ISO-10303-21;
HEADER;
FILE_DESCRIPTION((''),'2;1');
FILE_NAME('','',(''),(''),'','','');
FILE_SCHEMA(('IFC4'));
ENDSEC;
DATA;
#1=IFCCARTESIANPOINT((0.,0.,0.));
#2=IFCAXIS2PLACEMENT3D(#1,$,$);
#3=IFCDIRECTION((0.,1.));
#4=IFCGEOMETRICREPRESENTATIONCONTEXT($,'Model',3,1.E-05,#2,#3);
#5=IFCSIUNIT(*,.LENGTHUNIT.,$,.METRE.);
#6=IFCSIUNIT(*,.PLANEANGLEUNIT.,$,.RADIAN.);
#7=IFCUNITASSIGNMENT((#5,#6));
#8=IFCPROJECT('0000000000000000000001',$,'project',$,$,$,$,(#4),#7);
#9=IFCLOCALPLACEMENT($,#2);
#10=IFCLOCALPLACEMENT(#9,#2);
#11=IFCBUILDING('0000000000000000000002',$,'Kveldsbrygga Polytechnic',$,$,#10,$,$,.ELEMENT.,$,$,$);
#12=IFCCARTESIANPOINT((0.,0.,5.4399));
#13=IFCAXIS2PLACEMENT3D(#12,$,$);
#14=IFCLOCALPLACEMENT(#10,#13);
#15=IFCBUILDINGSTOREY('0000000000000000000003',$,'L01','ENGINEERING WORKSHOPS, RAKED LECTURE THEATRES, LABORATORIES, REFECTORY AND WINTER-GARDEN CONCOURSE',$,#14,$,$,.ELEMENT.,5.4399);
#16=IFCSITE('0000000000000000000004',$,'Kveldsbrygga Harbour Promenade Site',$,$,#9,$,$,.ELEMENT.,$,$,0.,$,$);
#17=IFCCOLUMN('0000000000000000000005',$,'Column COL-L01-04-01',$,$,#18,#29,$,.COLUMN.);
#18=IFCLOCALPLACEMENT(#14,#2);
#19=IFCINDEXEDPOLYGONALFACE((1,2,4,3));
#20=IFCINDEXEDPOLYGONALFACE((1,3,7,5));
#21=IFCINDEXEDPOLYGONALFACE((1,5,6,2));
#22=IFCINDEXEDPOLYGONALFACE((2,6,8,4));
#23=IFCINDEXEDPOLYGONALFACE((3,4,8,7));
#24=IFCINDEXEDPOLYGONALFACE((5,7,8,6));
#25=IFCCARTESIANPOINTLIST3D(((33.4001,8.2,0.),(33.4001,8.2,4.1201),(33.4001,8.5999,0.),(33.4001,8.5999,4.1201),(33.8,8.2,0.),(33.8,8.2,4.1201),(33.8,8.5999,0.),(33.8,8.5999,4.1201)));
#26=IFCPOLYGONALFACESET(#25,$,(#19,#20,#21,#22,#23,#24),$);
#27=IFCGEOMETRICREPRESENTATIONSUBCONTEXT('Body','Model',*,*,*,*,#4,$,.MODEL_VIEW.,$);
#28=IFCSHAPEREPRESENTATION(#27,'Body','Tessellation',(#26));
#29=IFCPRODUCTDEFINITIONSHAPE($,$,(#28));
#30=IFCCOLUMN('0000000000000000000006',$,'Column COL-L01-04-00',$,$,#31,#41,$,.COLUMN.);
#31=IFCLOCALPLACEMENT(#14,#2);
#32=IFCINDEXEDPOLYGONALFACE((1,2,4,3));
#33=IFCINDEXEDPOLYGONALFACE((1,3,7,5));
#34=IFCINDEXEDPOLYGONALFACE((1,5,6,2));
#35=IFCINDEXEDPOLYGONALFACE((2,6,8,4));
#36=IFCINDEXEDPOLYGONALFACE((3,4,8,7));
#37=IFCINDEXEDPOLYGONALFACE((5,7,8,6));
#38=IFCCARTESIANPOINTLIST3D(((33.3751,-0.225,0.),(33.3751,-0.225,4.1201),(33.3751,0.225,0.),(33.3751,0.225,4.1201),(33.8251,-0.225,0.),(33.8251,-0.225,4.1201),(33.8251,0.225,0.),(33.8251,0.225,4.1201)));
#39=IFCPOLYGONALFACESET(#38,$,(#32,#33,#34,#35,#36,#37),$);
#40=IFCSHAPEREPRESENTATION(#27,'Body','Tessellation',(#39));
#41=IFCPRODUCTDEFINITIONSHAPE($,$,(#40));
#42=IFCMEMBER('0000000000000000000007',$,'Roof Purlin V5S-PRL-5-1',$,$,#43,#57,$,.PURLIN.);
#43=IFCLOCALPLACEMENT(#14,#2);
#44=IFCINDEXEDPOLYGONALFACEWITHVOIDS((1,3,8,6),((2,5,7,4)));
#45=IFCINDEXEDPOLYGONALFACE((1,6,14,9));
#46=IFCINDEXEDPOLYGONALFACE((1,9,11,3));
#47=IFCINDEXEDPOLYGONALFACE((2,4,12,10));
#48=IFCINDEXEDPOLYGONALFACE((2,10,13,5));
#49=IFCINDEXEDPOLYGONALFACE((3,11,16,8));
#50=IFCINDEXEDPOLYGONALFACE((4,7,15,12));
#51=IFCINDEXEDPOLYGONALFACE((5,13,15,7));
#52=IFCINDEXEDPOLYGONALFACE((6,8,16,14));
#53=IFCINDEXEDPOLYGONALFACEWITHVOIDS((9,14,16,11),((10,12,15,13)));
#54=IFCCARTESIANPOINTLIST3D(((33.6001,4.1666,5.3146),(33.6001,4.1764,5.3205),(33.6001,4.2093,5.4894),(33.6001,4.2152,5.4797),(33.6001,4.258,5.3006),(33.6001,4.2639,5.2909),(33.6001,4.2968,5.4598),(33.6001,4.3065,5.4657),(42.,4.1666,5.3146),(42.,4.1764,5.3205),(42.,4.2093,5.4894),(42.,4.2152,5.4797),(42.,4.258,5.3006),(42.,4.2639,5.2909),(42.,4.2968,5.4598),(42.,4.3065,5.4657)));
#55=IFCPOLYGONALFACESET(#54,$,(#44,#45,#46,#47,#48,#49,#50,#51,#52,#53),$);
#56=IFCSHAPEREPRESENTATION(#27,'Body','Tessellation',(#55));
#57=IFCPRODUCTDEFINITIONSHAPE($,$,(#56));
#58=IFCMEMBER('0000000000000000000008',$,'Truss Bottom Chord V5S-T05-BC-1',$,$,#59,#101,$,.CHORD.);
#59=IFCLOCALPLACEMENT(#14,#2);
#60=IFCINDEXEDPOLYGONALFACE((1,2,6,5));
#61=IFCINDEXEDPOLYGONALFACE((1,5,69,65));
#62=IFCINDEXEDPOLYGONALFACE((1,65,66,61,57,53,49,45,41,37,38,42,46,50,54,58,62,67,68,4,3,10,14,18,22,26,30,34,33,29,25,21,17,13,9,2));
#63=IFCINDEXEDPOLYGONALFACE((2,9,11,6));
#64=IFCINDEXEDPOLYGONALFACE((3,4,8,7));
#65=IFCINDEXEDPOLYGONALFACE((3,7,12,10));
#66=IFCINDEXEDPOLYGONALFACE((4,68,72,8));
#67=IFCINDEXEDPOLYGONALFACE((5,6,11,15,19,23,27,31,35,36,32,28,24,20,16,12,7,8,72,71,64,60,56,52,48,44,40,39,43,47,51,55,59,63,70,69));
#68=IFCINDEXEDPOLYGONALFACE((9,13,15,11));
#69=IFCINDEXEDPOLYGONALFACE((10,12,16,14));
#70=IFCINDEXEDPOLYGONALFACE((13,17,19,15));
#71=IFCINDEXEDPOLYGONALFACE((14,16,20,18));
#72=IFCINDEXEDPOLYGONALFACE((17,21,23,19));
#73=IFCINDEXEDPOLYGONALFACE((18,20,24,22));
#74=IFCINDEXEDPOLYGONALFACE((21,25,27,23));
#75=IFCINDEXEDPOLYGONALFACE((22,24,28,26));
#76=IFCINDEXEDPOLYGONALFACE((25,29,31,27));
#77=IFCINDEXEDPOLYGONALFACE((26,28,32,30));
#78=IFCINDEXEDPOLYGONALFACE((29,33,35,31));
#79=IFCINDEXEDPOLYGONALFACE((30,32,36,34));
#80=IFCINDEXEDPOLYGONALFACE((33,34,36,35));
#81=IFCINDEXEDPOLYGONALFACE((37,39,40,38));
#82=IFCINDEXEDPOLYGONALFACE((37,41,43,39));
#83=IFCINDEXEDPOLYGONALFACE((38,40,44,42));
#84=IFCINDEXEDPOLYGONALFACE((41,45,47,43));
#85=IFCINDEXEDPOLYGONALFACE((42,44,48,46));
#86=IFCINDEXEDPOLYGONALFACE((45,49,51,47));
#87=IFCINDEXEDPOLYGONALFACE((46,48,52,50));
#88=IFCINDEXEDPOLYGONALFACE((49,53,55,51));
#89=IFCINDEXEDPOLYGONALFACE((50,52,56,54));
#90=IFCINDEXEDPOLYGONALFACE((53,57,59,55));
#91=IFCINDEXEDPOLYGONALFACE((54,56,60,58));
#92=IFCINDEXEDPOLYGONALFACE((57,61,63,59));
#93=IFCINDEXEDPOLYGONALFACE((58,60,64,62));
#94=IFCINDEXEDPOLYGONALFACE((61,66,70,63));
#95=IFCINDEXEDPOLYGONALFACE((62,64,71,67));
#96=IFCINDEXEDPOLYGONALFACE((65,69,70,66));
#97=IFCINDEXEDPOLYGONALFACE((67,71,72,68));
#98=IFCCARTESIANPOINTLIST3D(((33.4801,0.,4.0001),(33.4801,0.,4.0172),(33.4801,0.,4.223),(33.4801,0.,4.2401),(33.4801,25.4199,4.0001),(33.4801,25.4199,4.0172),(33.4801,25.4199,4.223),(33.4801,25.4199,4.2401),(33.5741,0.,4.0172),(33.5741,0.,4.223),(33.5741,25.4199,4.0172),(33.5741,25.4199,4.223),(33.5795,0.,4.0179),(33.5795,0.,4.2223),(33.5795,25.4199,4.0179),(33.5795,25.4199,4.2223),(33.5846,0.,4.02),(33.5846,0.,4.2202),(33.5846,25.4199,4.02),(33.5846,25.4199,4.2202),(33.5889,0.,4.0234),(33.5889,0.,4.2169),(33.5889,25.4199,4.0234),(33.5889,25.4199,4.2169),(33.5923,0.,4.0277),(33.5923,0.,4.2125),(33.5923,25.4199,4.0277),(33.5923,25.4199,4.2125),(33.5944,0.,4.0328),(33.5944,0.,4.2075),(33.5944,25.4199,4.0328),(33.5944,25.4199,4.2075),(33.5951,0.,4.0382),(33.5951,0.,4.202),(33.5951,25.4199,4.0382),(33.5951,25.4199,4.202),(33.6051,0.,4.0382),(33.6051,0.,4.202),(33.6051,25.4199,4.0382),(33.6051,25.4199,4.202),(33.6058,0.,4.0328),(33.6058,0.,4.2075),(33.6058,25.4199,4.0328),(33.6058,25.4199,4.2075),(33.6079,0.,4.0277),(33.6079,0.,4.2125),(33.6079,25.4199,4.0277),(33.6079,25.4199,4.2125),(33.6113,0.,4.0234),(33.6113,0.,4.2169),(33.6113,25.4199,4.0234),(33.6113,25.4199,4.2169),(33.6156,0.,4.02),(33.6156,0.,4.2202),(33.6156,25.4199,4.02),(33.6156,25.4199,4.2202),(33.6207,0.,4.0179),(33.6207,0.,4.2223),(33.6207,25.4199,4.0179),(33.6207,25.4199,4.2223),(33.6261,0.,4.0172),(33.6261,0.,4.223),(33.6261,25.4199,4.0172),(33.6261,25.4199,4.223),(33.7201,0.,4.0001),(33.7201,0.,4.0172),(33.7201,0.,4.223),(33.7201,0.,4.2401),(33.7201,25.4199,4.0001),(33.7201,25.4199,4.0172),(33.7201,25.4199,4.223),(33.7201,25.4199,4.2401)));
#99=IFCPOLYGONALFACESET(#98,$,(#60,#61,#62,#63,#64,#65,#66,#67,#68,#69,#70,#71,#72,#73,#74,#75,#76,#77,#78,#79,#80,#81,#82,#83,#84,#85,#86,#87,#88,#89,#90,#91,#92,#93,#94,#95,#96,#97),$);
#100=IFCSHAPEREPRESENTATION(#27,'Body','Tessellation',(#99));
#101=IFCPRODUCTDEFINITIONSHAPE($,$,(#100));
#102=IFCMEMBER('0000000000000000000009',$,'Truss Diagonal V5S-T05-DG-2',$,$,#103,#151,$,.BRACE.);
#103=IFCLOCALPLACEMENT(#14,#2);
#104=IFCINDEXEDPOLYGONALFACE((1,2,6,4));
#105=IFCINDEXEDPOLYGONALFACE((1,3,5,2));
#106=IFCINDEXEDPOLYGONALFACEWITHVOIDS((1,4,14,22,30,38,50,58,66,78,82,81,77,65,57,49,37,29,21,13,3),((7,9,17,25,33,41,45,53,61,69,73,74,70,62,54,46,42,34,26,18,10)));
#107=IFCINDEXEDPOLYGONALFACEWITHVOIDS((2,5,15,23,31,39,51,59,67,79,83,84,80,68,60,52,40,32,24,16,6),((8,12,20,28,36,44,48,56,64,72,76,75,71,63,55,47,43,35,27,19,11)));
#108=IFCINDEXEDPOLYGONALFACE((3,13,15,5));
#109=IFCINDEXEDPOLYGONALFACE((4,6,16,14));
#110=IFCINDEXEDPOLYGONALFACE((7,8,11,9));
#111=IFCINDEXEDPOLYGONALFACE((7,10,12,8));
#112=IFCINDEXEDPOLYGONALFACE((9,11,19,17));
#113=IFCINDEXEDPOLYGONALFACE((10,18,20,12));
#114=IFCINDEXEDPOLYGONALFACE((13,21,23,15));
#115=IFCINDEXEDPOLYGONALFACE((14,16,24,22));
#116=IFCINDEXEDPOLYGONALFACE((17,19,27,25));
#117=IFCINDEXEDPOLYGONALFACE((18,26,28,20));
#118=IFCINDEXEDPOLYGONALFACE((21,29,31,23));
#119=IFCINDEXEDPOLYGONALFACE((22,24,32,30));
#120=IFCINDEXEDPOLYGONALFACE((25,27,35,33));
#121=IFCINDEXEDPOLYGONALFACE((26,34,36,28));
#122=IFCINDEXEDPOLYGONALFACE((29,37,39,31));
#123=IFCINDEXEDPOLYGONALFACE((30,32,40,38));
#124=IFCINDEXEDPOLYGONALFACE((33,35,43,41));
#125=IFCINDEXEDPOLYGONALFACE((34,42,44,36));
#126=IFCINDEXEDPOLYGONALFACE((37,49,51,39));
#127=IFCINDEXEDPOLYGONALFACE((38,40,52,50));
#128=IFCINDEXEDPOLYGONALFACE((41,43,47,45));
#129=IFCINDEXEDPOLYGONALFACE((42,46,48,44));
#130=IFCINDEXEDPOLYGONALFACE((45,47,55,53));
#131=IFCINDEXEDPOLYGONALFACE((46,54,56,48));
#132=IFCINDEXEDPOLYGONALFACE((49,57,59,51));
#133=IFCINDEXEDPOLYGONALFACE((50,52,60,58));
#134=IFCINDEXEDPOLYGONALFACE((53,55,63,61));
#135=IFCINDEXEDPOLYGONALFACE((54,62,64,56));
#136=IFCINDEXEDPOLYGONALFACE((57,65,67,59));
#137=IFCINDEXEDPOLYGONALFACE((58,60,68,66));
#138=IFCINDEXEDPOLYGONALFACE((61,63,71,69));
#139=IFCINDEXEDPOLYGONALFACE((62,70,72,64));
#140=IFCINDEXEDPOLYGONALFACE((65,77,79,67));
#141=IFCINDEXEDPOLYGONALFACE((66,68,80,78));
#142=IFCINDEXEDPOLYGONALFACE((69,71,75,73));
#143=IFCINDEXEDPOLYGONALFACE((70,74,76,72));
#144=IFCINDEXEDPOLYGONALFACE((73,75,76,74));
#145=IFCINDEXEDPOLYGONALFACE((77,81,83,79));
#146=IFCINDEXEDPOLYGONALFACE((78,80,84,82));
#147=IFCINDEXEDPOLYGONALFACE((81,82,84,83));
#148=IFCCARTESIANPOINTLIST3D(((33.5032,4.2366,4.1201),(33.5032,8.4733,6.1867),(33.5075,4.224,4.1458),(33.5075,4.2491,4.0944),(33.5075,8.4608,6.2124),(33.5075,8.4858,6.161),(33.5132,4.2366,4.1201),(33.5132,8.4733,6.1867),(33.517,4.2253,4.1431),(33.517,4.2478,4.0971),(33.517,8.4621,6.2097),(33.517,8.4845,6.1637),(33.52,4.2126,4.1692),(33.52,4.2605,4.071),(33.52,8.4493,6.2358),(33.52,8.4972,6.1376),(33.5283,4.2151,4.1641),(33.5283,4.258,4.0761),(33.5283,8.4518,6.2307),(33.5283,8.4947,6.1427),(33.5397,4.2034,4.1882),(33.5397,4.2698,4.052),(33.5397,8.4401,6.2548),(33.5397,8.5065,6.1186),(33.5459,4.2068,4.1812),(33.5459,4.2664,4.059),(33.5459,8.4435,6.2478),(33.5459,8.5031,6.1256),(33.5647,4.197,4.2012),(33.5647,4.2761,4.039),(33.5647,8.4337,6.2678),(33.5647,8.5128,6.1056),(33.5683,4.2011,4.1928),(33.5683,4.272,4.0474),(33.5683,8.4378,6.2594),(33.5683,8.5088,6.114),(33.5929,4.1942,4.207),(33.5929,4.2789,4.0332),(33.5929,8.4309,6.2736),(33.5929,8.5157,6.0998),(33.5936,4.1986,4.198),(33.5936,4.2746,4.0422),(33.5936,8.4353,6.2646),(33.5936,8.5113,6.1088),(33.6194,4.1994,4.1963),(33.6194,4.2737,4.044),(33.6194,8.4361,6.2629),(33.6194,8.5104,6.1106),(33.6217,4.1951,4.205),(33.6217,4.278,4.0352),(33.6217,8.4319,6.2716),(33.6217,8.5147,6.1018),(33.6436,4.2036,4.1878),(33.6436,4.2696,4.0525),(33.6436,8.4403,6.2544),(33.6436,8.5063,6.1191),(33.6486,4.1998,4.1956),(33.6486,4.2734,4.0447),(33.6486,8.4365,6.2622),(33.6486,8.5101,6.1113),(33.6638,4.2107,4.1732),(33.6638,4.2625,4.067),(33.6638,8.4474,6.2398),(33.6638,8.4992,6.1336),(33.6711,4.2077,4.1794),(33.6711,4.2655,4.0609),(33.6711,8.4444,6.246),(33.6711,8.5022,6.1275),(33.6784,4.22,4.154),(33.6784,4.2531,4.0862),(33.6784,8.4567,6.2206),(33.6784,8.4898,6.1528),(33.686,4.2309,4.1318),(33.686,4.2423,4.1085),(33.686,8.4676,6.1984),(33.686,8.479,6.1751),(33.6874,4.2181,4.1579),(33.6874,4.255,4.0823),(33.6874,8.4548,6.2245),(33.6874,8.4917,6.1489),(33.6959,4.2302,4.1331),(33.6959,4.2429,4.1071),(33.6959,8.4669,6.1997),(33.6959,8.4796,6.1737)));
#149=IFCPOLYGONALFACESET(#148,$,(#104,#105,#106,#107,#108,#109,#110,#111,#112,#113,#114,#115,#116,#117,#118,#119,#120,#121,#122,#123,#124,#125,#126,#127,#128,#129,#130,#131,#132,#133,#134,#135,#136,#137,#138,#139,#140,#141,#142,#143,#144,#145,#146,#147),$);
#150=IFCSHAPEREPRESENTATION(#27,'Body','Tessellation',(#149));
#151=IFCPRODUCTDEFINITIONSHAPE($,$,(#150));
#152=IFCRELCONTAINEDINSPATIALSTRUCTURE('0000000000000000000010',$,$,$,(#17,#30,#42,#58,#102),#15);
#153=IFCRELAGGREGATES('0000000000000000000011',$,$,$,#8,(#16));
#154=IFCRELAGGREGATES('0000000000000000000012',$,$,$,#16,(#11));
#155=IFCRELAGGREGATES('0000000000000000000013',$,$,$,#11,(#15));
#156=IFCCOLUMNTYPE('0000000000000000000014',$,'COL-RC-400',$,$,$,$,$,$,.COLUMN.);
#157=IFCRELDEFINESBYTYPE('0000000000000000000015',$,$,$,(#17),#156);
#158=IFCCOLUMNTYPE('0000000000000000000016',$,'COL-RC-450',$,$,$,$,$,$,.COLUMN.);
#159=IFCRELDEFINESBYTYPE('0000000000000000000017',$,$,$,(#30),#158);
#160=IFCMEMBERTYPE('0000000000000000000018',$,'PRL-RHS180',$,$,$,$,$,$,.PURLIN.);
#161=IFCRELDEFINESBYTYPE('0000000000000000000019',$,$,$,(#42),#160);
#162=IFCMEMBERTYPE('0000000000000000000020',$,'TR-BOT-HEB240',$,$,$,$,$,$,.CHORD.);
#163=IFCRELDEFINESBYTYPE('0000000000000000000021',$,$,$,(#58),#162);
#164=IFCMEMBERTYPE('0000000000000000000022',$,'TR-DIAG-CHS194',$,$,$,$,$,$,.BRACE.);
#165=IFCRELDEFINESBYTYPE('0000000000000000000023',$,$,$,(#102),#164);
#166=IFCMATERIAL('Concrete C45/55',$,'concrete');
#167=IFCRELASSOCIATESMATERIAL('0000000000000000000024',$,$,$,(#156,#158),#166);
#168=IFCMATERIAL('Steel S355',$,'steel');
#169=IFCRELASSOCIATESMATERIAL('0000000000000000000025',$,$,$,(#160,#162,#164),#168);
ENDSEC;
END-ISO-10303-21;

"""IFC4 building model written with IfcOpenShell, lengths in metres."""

from ifc_helpers import new_model, si_unit, direction, frame, origin, origin_2d, place, context, subcontext, project, spatial, rectangle, hollow_rectangle, hollow_circle, i_section, extrude, material, material_profile, profile_set, type_object, element, save


model = new_model("IFC4")

# Units and contexts
model_context = context("Model", 3, precision=1e-05, world=origin(), true_north=direction((0.0, 1.0)))
body_context = subcontext(model_context, "Body", "Model", "MODEL_VIEW")
ifc_project = project(units=[si_unit("LENGTHUNIT", "METRE"), si_unit("PLANEANGLEUNIT", "RADIAN")], contexts=[model_context])

# Site, building, storey
site_placement = place(None, origin())
site = spatial("IfcSite", under=ifc_project, at=site_placement, Name="Kveldsbrygga Harbour Promenade Site", CompositionType="ELEMENT", RefElevation=0.0)
building_placement = place(site_placement, origin())
building = spatial("IfcBuilding", under=site, at=building_placement, Name="Kveldsbrygga Polytechnic", CompositionType="ELEMENT")
storey_placement = place(building_placement, frame((0.0, 0.0, 5.4399)))
storey = spatial("IfcBuildingStorey", under=building, at=storey_placement, Name="L01", Description="ENGINEERING WORKSHOPS, RAKED LECTURE THEATRES, LABORATORIES, REFECTORY AND WINTER-GARDEN CONCOURSE", CompositionType="ELEMENT", Elevation=5.4399)

# Columns
ifc_material_1 = material(Name="Concrete C45/55", Category="concrete")
ifc_material_profile_1 = material_profile(ifc_material_1, rectangle(XDim=0.3999, YDim=0.3999, at=origin_2d()), Name="RC 400x400")
ifc_profile_set_1 = profile_set([ifc_material_profile_1], Name="Concrete C45/55")
column_type_1 = type_object("IfcColumnType", Name="COL-RC-400", PredefinedType="COLUMN", material=ifc_profile_set_1)
column_1_placement = place(storey_placement, frame((33.6001, 8.3999, 0.0), z_axis=(0.0, 0.0, 1.0), x_axis=(1.0, 0.0, 0.0)))
element("IfcColumn", 1, at=column_1_placement, inside=storey, type_object=column_type_1, Name="Column COL-L01-04-01", PredefinedType="COLUMN", context=body_context, shape_type="SweptSolid", body=[
    extrude(rectangle(XDim=0.3999, YDim=0.3999, at=origin_2d()), origin(), (0.0, 0.0, 1.0), 4.1201),
])
ifc_material_profile_2 = material_profile(ifc_material_1, rectangle(XDim=0.45, YDim=0.45, at=origin_2d()), Name="RC 450x450")
ifc_profile_set_2 = profile_set([ifc_material_profile_2], Name="Concrete C45/55")
column_type_2 = type_object("IfcColumnType", Name="COL-RC-450", PredefinedType="COLUMN", material=ifc_profile_set_2)
column_2_placement = place(storey_placement, frame((33.6001, 0.0, 0.0), z_axis=(0.0, 0.0, 1.0), x_axis=(1.0, 0.0, 0.0)))
element("IfcColumn", 2, at=column_2_placement, inside=storey, type_object=column_type_2, Name="Column COL-L01-04-00", PredefinedType="COLUMN", context=body_context, shape_type="SweptSolid", body=[
    extrude(rectangle(XDim=0.45, YDim=0.45, at=origin_2d()), origin(), (0.0, 0.0, 1.0), 4.1201),
])

# Members
ifc_material_2 = material(Name="Steel S355", Category="steel")
ifc_material_profile_3 = material_profile(ifc_material_2, hollow_rectangle(XDim=0.1001, YDim=0.1799, WallThickness=0.0081, at=origin_2d()), Name="RHS 180x100x8.0")
ifc_profile_set_3 = profile_set([ifc_material_profile_3], Name="Steel S355")
member_type_1 = type_object("IfcMemberType", Name="PRL-RHS180", PredefinedType="PURLIN", material=ifc_profile_set_3)
member_1_placement = place(storey_placement, frame((33.6001, 4.2366, 5.3901), z_axis=(1.0, 0.0, 0.0), x_axis=(0.0, 0.97152, -0.236957)))
element("IfcMember", 3, at=member_1_placement, inside=storey, type_object=member_type_1, Name="Roof Purlin V5S-PRL-5-1", PredefinedType="PURLIN", context=body_context, shape_type="SweptSolid", body=[
    extrude(hollow_rectangle(XDim=0.1001, YDim=0.1799, WallThickness=0.0081, at=origin_2d()), origin(), (0.0, 0.0, 1.0), 8.3999),
])
ifc_material_profile_4 = material_profile(ifc_material_2, i_section(OverallWidth=0.24, OverallDepth=0.24, WebThickness=0.01, FlangeThickness=0.0171, FilletRadius=0.021, at=origin_2d()), Name="HEB 240")
ifc_profile_set_4 = profile_set([ifc_material_profile_4], Name="Steel S355")
member_type_2 = type_object("IfcMemberType", Name="TR-BOT-HEB240", PredefinedType="CHORD", material=ifc_profile_set_4)
member_2_placement = place(storey_placement, frame((33.6001, 0.0, 4.1201), z_axis=(0.0, 1.0, 0.0), x_axis=(-1.0, 0.0, 0.0)))
element("IfcMember", 4, at=member_2_placement, inside=storey, type_object=member_type_2, Name="Truss Bottom Chord V5S-T05-BC-1", PredefinedType="CHORD", context=body_context, shape_type="SweptSolid", body=[
    extrude(i_section(OverallWidth=0.24, OverallDepth=0.24, WebThickness=0.01, FlangeThickness=0.0171, FilletRadius=0.021, at=origin_2d()), origin(), (0.0, 0.0, 1.0), 25.4199),
])
ifc_material_profile_5 = material_profile(ifc_material_2, hollow_circle(Radius=0.0969, WallThickness=0.01, at=origin_2d()), Name="CHS 193.7x10.0")
ifc_profile_set_5 = profile_set([ifc_material_profile_5], Name="Steel S355")
member_type_3 = type_object("IfcMemberType", Name="TR-DIAG-CHS194", PredefinedType="BRACE", material=ifc_profile_set_5)
member_3_placement = place(storey_placement, frame((33.6001, 4.2366, 4.1201), z_axis=(0.0, 0.898776, 0.438408), x_axis=(-1.0, 0.0, 0.0)))
element("IfcMember", 5, at=member_3_placement, inside=storey, type_object=member_type_3, Name="Truss Diagonal V5S-T05-DG-2", PredefinedType="BRACE", context=body_context, shape_type="SweptSolid", body=[
    extrude(hollow_circle(Radius=0.0969, WallThickness=0.01, at=origin_2d()), origin(), (0.0, 0.0, 1.0), 4.7139),
])

save(model, "model.ifc")
